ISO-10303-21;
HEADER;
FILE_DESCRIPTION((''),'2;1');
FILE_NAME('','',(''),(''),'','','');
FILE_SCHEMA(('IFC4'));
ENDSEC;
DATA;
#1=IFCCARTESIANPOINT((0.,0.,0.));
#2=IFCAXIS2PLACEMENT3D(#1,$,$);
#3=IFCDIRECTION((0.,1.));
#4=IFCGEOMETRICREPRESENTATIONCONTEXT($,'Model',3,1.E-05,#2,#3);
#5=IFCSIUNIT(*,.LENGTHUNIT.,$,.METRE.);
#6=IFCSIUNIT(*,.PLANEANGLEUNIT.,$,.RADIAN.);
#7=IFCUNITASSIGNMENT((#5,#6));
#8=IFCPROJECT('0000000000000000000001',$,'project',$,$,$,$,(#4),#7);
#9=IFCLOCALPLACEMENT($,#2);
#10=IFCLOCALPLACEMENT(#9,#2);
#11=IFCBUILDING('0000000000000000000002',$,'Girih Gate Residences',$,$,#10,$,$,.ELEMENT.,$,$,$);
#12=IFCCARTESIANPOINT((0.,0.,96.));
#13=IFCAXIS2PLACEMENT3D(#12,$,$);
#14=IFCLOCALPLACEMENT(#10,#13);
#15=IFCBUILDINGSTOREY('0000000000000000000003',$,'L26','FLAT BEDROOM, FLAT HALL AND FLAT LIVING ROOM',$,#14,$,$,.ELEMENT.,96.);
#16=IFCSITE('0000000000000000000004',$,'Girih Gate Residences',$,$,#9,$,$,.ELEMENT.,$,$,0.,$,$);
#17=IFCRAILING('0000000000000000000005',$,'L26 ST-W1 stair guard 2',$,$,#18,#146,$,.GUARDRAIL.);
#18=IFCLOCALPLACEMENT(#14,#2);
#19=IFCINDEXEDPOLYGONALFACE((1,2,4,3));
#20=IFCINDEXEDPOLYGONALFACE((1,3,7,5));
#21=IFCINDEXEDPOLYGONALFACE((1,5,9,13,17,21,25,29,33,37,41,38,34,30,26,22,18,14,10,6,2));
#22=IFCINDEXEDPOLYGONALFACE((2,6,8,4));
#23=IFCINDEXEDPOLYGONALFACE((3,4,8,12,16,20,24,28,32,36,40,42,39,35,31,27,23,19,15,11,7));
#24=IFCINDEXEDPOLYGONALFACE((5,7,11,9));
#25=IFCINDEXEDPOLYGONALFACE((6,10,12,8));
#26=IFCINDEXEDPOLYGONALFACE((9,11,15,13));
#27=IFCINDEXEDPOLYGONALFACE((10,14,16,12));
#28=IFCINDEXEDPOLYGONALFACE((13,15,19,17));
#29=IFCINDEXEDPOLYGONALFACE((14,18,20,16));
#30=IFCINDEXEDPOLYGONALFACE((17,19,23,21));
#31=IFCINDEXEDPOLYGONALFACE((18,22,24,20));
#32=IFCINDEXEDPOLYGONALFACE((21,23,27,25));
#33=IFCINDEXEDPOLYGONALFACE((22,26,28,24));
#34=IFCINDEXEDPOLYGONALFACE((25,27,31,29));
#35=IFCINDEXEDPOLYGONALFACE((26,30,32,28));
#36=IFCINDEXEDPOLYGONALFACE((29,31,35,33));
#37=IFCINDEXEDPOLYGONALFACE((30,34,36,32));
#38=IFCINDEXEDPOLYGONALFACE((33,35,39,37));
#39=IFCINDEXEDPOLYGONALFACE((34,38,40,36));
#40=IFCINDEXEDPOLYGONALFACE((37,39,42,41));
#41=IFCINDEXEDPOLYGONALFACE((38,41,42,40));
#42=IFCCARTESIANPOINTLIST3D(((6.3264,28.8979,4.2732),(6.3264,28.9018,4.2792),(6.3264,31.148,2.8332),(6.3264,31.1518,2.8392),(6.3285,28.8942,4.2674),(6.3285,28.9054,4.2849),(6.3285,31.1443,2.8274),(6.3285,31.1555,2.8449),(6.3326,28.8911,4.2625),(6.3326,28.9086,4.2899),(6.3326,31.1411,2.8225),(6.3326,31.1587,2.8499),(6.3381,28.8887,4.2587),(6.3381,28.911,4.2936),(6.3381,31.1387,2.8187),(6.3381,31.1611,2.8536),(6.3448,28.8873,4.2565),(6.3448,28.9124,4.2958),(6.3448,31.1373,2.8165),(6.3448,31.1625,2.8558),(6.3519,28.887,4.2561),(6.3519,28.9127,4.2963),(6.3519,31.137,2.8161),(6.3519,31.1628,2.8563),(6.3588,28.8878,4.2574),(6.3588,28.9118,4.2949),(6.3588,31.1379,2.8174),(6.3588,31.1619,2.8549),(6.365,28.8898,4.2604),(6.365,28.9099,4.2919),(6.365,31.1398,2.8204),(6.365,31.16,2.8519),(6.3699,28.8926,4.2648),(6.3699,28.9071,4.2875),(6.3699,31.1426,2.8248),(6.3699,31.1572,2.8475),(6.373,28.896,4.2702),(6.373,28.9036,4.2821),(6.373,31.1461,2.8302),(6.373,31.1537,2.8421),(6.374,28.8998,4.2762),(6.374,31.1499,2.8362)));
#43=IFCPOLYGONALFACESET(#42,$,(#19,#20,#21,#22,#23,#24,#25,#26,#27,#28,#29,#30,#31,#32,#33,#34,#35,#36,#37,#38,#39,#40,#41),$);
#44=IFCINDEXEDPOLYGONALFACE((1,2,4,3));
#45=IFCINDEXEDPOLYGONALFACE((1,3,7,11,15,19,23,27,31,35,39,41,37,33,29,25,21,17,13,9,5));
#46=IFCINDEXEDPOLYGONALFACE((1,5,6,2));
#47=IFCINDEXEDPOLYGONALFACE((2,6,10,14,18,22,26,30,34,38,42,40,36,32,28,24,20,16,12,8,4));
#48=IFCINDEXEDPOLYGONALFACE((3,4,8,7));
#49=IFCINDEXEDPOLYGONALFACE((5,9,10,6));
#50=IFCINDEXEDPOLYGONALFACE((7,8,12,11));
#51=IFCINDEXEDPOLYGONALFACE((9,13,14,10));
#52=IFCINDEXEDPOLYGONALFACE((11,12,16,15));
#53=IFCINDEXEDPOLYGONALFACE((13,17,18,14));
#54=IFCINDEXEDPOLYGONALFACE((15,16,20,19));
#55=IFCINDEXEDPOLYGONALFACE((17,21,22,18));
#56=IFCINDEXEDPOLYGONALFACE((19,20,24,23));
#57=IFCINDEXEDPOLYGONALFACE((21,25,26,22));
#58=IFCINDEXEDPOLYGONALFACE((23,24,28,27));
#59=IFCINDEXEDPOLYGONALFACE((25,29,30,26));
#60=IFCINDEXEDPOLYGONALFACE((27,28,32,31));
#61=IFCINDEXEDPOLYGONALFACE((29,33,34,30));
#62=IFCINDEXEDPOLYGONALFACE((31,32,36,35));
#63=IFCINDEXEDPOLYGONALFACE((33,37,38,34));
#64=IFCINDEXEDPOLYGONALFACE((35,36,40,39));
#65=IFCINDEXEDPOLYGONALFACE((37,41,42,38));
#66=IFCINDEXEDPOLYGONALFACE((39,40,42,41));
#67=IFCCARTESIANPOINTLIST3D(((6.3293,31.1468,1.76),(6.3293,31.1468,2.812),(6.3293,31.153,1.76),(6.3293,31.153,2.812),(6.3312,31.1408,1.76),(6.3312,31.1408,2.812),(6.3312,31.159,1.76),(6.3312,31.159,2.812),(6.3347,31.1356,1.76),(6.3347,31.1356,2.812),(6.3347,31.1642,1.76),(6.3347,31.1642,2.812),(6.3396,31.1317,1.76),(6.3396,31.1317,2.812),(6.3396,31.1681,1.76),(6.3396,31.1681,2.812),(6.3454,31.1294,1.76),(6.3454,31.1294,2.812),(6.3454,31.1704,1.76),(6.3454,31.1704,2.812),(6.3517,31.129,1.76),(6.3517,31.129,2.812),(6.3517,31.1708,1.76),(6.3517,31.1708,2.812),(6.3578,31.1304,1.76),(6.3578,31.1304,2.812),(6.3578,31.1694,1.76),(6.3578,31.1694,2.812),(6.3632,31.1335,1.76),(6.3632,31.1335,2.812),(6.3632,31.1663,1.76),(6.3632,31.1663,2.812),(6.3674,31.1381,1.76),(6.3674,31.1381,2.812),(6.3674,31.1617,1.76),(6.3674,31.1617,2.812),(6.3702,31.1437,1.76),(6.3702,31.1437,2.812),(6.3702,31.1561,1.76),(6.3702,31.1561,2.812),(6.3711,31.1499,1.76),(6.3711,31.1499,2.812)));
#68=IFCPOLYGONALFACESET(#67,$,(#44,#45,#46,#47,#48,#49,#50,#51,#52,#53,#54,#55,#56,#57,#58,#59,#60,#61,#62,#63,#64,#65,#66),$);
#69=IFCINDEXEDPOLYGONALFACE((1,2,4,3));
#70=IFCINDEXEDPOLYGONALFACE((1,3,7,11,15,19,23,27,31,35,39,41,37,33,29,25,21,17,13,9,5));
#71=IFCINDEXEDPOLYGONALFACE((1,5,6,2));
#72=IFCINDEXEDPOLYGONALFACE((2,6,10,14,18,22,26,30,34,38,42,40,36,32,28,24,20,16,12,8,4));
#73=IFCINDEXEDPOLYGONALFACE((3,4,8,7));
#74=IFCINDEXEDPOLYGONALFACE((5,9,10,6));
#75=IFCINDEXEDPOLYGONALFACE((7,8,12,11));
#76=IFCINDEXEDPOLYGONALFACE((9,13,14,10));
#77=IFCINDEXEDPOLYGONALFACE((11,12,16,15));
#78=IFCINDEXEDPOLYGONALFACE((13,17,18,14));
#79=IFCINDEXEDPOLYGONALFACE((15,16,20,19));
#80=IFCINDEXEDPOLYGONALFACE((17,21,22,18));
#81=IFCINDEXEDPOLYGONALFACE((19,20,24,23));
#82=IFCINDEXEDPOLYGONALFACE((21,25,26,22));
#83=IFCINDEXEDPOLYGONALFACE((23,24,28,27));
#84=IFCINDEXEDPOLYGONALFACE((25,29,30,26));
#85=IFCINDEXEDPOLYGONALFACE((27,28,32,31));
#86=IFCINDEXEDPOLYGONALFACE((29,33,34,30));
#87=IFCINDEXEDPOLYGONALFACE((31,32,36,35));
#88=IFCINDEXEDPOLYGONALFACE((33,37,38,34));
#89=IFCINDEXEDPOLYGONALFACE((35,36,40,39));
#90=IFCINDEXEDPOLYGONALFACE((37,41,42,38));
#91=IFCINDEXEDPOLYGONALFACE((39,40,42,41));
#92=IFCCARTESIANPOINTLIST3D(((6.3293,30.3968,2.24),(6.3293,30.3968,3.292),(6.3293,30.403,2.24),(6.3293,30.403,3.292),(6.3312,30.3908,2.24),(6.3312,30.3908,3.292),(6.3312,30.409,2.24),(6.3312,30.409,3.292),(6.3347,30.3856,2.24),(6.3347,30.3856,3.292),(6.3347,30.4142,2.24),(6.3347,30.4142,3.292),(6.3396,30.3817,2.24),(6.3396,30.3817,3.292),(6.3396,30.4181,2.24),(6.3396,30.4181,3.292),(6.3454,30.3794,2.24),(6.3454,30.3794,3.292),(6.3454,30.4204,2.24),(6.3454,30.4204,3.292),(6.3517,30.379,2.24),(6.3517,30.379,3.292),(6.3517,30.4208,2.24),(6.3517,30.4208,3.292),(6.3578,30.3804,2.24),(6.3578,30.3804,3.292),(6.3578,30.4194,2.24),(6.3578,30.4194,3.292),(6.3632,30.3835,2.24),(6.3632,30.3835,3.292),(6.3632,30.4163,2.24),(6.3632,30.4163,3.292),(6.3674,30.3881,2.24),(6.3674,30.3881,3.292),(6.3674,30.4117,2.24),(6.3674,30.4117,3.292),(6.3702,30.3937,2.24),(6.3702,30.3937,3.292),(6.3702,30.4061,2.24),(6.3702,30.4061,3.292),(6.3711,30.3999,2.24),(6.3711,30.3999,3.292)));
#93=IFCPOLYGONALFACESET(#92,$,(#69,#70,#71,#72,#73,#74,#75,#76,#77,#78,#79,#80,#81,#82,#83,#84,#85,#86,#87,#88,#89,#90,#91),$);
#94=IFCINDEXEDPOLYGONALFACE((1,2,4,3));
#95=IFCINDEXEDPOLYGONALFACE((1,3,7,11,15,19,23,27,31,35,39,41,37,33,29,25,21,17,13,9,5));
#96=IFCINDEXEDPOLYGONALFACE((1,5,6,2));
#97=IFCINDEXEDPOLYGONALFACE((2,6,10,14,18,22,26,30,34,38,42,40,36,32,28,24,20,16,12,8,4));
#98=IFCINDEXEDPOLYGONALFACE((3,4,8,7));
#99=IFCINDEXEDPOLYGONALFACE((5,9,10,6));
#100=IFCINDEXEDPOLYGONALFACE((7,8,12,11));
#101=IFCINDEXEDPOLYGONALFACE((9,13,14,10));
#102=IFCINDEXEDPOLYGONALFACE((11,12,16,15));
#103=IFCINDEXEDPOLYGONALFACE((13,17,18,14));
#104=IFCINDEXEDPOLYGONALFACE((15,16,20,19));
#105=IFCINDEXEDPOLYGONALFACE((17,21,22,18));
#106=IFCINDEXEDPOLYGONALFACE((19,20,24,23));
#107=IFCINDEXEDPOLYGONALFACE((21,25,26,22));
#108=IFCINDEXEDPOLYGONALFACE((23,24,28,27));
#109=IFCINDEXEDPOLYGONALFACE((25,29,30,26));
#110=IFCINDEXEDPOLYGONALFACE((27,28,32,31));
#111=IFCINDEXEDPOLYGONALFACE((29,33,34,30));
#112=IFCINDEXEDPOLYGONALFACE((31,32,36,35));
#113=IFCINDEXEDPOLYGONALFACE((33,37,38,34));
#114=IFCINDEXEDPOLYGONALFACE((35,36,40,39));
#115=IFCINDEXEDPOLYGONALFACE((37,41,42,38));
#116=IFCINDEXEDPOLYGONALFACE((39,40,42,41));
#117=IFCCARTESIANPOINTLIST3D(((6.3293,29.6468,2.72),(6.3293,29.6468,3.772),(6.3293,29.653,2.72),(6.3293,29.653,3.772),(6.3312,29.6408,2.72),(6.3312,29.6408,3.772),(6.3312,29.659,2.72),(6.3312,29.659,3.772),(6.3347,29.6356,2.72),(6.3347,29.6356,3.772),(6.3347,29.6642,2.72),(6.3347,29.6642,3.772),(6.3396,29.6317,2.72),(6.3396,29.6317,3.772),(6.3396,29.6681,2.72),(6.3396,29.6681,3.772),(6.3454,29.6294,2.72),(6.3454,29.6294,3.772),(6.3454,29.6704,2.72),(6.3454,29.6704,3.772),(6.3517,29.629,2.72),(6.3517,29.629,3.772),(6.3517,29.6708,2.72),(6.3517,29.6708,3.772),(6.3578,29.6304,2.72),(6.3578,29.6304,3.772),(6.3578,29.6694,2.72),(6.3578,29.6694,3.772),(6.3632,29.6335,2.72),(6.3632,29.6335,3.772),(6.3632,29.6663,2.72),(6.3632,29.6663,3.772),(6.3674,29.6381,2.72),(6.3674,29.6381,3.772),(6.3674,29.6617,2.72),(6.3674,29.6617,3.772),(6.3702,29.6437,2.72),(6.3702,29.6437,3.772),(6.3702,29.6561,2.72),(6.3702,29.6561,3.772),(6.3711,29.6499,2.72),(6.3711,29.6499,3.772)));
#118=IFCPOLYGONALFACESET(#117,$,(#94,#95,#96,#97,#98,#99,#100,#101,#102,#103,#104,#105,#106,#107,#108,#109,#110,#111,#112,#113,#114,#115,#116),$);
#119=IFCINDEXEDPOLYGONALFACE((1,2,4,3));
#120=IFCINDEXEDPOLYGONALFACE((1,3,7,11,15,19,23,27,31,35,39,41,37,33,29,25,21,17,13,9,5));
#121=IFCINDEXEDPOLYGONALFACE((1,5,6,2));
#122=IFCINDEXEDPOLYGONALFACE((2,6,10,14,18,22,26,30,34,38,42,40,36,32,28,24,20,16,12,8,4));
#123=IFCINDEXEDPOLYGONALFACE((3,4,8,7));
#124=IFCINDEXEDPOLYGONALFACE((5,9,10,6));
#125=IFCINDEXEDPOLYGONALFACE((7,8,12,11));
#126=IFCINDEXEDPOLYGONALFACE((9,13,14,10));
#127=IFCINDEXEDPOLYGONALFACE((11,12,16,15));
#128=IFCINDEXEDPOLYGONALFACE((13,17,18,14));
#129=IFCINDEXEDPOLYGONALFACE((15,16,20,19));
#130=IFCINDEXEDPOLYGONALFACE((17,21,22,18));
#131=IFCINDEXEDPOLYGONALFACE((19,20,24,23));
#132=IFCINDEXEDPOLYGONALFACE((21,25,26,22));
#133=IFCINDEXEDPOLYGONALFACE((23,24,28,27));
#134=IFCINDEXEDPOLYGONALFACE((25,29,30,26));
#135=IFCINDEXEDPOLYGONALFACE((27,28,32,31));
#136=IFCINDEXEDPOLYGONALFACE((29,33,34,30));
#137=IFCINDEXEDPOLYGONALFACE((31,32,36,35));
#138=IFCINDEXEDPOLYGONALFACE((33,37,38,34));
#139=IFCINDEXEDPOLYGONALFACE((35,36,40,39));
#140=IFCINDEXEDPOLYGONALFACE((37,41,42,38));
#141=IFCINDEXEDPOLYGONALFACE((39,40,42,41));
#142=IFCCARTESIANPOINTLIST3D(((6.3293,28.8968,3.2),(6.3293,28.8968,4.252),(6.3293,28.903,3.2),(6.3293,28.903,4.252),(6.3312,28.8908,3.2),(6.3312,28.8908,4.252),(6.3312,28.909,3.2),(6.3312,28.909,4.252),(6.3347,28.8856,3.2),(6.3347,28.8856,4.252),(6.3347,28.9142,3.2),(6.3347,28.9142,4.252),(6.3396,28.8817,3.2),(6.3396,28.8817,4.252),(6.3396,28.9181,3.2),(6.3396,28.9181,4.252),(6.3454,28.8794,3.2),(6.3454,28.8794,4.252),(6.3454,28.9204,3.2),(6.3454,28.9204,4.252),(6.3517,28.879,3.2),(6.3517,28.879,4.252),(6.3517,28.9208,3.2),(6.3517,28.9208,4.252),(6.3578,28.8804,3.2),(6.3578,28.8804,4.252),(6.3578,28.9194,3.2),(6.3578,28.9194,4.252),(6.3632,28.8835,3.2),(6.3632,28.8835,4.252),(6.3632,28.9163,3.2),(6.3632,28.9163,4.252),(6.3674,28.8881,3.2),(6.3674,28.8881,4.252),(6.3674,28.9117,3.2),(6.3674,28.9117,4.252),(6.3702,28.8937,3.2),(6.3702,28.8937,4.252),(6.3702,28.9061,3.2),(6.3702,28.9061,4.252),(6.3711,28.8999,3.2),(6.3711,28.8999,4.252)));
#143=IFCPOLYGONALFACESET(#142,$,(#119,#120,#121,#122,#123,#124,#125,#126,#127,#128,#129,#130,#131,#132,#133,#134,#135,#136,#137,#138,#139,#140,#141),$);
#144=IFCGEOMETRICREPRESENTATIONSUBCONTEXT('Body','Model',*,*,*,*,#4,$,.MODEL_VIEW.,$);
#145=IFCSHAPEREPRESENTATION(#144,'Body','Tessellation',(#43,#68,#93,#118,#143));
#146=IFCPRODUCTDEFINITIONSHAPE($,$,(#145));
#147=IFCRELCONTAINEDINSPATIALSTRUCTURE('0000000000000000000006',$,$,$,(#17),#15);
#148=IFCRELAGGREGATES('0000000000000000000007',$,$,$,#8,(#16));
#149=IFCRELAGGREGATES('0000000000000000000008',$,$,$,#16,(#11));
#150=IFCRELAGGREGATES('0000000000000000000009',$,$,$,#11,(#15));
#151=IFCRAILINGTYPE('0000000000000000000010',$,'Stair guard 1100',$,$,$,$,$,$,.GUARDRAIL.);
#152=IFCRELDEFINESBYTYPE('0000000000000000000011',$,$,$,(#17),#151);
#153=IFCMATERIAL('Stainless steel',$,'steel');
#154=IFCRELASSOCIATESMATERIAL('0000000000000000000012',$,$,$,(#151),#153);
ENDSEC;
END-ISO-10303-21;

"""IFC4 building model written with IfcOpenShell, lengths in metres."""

from ifc_helpers import new_model, si_unit, direction, frame, origin, origin_2d, place, context, subcontext, project, spatial, circle, extrude, material, type_object, element, save


model = new_model("IFC4")

# Units and contexts
model_context = context("Model", 3, precision=1e-05, world=origin(), true_north=direction((0.0, 1.0)))
body_context = subcontext(model_context, "Body", "Model", "MODEL_VIEW")
ifc_project = project(units=[si_unit("LENGTHUNIT", "METRE"), si_unit("PLANEANGLEUNIT", "RADIAN")], contexts=[model_context])

# Site, building, storey
site_placement = place(None, origin())
site = spatial("IfcSite", under=ifc_project, at=site_placement, Name="Girih Gate Residences", CompositionType="ELEMENT", RefElevation=0.0)
building_placement = place(site_placement, origin())
building = spatial("IfcBuilding", under=site, at=building_placement, Name="Girih Gate Residences", CompositionType="ELEMENT")
storey_placement = place(building_placement, frame((0.0, 0.0, 96.0)))
storey = spatial("IfcBuildingStorey", under=building, at=storey_placement, Name="L26", Description="FLAT BEDROOM, FLAT HALL AND FLAT LIVING ROOM", CompositionType="ELEMENT", Elevation=96.0)

# Railing
ifc_material_1 = material(Name="Stainless steel", Category="steel")
railing_type_1 = type_object("IfcRailingType", Name="Stair guard 1100", PredefinedType="GUARDRAIL", material=ifc_material_1)
railing_1_placement = place(storey_placement, frame((6.3501, 31.1499, 1.76)))
element("IfcRailing", 1, at=railing_1_placement, inside=storey, type_object=railing_type_1, Name="L26 ST-W1 stair guard 2", PredefinedType="GUARDRAIL", context=body_context, shape_type="SweptSolid", body=[
    extrude(circle(Radius=0.0239, at=origin_2d()), frame((0.0, 0.0, 1.0762), z_axis=(0.0, -0.842281, 0.539038), x_axis=(1.0, 0.0, 0.0)), (0.0, 0.0, 1.0), 2.6714),
    extrude(circle(Radius=0.021, at=origin_2d()), origin(), (0.0, 0.0, 1.0), 1.052),
    extrude(circle(Radius=0.021, at=origin_2d()), frame((0.0, -0.75, 0.48)), (0.0, 0.0, 1.0), 1.052),
    extrude(circle(Radius=0.021, at=origin_2d()), frame((0.0, -1.5, 0.96)), (0.0, 0.0, 1.0), 1.052),
    extrude(circle(Radius=0.021, at=origin_2d()), frame((0.0, -2.25, 1.4399)), (0.0, 0.0, 1.0), 1.052),
])

save(model, "model.ifc")
